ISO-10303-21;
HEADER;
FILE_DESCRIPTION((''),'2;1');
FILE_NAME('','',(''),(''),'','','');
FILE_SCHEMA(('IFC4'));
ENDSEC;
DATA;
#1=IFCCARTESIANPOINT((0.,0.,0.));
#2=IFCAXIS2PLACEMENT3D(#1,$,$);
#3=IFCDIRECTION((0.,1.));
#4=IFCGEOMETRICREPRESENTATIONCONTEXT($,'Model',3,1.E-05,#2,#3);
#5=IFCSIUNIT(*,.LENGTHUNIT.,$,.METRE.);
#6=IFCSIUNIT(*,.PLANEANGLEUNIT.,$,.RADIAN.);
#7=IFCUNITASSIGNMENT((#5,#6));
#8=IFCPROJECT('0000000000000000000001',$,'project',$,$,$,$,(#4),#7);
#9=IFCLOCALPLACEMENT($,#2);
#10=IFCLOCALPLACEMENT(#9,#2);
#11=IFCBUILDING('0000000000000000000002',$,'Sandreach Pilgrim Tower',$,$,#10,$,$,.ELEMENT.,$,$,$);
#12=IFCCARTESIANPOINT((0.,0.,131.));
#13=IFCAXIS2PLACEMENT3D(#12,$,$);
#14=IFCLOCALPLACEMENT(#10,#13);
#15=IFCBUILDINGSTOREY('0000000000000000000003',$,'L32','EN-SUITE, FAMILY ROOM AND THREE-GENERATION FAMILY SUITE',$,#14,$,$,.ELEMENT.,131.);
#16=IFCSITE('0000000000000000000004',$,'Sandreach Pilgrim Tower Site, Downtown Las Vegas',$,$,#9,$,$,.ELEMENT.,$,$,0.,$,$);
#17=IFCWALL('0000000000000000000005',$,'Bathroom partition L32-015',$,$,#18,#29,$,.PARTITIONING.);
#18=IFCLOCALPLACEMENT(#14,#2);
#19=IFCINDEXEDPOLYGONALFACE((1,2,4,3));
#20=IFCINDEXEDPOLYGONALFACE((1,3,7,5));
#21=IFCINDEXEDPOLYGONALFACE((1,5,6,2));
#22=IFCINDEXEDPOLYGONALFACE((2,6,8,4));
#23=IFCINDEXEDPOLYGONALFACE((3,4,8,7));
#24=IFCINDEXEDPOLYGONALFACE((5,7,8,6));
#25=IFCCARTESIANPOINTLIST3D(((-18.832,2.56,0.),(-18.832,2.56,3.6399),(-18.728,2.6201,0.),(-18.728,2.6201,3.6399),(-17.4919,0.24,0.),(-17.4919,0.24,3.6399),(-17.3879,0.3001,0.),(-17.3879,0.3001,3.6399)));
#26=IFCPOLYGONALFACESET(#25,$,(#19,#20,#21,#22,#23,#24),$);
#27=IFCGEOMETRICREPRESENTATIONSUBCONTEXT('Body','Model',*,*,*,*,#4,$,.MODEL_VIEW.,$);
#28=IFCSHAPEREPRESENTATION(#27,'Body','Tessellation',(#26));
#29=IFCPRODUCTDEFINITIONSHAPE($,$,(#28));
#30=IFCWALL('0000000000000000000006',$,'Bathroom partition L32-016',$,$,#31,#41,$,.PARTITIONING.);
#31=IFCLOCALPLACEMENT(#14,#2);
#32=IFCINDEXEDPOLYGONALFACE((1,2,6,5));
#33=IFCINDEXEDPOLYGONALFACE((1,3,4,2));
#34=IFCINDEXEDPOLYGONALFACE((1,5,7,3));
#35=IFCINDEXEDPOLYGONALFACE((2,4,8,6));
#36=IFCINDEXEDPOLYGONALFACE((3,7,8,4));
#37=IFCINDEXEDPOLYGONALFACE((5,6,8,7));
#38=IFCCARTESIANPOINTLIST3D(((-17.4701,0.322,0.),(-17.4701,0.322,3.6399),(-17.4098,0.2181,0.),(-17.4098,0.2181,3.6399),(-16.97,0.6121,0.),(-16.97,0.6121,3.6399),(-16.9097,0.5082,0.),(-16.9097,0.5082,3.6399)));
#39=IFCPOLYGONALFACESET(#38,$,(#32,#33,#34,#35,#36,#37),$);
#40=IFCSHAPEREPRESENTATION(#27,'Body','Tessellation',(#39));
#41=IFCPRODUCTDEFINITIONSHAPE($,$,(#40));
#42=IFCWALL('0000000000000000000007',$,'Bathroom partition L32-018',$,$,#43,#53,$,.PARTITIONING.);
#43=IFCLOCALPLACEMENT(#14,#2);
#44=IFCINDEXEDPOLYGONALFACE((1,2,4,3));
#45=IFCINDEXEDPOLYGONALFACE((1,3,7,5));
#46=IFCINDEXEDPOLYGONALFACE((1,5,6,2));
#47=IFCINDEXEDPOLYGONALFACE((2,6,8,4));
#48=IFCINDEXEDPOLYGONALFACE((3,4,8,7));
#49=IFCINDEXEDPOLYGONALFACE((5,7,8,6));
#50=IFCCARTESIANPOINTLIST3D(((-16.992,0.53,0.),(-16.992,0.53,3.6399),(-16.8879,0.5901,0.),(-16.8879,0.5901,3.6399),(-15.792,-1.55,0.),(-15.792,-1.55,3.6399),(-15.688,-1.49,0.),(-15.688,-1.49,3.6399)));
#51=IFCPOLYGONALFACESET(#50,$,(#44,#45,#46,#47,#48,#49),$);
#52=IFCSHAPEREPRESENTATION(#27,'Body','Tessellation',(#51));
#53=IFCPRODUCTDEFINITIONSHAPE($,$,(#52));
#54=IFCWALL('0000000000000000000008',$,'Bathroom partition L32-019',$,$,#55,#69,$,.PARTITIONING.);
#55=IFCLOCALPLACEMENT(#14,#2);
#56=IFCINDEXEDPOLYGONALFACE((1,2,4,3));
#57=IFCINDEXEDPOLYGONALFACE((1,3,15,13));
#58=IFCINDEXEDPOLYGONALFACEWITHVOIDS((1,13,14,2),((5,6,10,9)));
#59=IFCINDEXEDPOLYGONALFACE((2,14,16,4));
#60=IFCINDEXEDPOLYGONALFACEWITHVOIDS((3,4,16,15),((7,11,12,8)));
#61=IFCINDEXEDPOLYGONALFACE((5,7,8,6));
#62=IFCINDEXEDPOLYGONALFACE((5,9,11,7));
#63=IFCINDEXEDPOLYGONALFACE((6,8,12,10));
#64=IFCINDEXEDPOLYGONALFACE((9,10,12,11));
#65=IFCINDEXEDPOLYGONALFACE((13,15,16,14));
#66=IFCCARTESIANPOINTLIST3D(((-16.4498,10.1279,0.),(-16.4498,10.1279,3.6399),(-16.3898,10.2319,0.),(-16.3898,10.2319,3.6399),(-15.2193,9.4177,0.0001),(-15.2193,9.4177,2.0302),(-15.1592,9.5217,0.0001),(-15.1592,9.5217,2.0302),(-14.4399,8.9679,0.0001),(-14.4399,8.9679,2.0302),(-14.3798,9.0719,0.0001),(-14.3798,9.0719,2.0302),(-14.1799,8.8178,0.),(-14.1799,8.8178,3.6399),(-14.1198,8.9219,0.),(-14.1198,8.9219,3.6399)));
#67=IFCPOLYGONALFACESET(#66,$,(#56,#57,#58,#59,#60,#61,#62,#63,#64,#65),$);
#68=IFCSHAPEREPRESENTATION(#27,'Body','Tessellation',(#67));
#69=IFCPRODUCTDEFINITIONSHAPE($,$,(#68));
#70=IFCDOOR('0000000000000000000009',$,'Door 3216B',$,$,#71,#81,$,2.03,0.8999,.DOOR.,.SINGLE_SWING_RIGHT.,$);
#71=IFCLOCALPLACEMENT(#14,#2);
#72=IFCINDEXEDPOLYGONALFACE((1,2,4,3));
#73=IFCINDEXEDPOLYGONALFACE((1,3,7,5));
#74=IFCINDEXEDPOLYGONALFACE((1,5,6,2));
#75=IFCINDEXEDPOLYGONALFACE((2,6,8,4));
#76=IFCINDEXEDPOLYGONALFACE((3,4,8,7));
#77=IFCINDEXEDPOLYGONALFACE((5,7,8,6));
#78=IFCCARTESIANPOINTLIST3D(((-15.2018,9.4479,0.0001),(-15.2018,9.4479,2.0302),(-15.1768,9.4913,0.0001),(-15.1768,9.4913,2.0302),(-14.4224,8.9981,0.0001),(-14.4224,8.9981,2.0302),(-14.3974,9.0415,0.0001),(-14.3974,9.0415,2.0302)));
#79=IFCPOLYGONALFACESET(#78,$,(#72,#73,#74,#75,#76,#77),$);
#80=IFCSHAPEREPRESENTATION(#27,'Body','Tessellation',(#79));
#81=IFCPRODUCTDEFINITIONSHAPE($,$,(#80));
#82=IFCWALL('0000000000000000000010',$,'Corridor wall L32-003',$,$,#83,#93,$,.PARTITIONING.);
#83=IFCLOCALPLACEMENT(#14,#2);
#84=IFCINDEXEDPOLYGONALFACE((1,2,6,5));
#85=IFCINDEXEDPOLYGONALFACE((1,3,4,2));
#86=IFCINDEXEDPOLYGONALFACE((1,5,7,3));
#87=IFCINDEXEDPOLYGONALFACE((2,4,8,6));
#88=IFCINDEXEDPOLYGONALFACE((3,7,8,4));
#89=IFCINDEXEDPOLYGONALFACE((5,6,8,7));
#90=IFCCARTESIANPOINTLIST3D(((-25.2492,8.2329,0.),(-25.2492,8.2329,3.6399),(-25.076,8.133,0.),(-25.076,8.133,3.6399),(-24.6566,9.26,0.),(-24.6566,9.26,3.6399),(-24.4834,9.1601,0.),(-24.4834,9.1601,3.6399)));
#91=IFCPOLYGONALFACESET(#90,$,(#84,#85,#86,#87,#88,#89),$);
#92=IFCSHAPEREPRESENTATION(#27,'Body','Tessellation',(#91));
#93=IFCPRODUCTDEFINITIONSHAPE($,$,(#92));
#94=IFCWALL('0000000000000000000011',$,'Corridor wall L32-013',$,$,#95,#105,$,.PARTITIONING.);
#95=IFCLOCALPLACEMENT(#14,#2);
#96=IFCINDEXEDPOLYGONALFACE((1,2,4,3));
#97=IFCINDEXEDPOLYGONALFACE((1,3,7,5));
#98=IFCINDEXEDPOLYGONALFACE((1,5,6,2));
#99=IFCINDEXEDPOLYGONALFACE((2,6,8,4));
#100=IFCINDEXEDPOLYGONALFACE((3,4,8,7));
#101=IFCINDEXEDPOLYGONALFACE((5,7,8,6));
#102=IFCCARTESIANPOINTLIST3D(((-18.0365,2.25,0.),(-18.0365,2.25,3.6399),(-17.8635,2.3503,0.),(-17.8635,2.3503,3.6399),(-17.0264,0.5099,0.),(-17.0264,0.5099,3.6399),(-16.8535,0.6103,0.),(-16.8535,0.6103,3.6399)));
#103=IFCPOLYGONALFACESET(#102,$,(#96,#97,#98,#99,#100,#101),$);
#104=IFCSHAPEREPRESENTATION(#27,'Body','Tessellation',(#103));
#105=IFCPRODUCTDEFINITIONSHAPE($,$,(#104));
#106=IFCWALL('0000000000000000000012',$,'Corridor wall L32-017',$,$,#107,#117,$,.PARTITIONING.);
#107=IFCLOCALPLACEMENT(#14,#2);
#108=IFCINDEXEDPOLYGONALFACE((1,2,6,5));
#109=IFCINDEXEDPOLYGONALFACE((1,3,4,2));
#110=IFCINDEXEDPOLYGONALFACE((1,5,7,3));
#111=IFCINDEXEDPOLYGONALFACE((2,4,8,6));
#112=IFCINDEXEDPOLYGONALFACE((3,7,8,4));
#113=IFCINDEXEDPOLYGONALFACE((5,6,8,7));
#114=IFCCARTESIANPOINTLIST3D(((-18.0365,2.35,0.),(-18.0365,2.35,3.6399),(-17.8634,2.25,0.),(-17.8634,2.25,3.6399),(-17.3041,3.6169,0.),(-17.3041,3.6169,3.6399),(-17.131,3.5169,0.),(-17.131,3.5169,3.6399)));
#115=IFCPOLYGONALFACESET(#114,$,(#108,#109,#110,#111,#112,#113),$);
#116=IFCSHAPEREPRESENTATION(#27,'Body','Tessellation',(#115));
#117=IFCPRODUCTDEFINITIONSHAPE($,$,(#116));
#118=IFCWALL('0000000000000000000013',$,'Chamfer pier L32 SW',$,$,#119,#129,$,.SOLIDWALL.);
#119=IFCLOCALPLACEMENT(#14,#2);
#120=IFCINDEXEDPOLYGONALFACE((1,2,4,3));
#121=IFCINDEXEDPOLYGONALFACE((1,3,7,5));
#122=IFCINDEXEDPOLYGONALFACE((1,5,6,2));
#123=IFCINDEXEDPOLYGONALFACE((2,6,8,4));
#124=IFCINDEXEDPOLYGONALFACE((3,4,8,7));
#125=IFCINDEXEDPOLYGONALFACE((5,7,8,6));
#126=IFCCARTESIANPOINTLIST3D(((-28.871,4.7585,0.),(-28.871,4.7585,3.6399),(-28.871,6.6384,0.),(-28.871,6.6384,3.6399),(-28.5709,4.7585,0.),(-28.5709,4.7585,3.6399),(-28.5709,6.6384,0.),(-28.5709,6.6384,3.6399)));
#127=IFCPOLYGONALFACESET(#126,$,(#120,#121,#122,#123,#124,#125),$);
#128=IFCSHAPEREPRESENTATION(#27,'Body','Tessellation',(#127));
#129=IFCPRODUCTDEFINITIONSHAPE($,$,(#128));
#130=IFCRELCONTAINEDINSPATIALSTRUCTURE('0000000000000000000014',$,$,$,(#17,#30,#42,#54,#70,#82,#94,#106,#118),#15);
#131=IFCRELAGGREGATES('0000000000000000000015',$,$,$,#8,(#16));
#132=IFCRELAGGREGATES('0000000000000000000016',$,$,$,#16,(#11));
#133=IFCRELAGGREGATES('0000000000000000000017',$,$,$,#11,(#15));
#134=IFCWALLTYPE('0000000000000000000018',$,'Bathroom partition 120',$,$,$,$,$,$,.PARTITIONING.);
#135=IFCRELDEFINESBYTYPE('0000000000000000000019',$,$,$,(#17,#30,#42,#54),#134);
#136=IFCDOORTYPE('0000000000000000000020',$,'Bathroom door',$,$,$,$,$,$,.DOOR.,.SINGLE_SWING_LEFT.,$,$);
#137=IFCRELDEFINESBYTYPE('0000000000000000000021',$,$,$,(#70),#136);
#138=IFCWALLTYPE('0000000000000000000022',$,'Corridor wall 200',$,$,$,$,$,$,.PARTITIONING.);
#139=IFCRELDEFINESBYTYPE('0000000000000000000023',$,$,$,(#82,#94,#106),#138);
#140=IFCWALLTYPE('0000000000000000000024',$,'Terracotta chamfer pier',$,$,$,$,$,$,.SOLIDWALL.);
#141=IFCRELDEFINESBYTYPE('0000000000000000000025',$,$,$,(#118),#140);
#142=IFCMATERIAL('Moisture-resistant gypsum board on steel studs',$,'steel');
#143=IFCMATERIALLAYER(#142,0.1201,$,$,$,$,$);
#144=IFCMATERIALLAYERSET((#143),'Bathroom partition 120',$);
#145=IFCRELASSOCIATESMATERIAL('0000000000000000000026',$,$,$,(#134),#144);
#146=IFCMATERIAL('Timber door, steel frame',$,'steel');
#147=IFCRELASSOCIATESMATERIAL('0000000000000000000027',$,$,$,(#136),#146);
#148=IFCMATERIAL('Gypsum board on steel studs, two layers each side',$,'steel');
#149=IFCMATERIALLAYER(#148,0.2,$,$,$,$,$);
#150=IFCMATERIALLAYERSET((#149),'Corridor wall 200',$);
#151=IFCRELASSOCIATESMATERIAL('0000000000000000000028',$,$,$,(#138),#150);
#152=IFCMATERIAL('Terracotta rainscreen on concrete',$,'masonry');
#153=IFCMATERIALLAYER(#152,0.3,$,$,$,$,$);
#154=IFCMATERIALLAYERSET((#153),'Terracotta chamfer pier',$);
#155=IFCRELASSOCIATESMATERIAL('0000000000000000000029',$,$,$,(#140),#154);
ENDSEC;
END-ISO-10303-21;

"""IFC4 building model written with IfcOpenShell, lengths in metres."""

from ifc_helpers import new_model, si_unit, direction, frame, frame_2d, origin, place, context, subcontext, project, spatial, rectangle, extrude, material, layer, layer_set, type_object, element, fill, save


model = new_model("IFC4")

# Units and contexts
model_context = context("Model", 3, precision=1e-05, world=origin(), true_north=direction((0.0, 1.0)))
body_context = subcontext(model_context, "Body", "Model", "MODEL_VIEW")
ifc_project = project(units=[si_unit("LENGTHUNIT", "METRE"), si_unit("PLANEANGLEUNIT", "RADIAN")], contexts=[model_context])

# Site, building, storey
site_placement = place(None, origin())
site = spatial("IfcSite", under=ifc_project, at=site_placement, Name="Sandreach Pilgrim Tower Site, Downtown Las Vegas", CompositionType="ELEMENT", RefElevation=0.0)
building_placement = place(site_placement, origin())
building = spatial("IfcBuilding", under=site, at=building_placement, Name="Sandreach Pilgrim Tower", CompositionType="ELEMENT")
storey_placement = place(building_placement, frame((0.0, 0.0, 131.0)))
storey = spatial("IfcBuildingStorey", under=building, at=storey_placement, Name="L32", Description="EN-SUITE, FAMILY ROOM AND THREE-GENERATION FAMILY SUITE", CompositionType="ELEMENT", Elevation=131.0)

# Shared definitions
ifc_material_1 = material(Name="Moisture-resistant gypsum board on steel studs", Category="steel")
ifc_layer_1 = layer(ifc_material_1, 0.1201)
ifc_layer_set_1 = layer_set([ifc_layer_1], Name="Bathroom partition 120")
wall_type_1 = type_object("IfcWallType", Name="Bathroom partition 120", PredefinedType="PARTITIONING", material=ifc_layer_set_1)
ifc_material_2 = material(Name="Timber door, steel frame", Category="steel")
door_type_1 = type_object("IfcDoorType", Name="Bathroom door", OperationType="SINGLE_SWING_LEFT", PredefinedType="DOOR", material=ifc_material_2)

# Walls
wall_1_placement = place(storey_placement, frame((-17.4399, 0.27, 0.0), z_axis=(0.0, 0.0, 1.0), x_axis=(-0.500167, 0.865929, 0.0)))
element("IfcWall", 1, at=wall_1_placement, inside=storey, type_object=wall_type_1, Name="Bathroom partition L32-015", PredefinedType="PARTITIONING", context=body_context, shape_type="SweptSolid", body=[
    extrude(rectangle(XDim=2.6792, YDim=0.1201, at=frame_2d((1.3396, 0.0))), origin(), (0.0, 0.0, 1.0), 3.6399),
])
wall_2_placement = place(storey_placement, frame((-17.4399, 0.27, 0.0), z_axis=(0.0, 0.0, 1.0), x_axis=(0.865002, 0.501769, 0.0)))
element("IfcWall", 2, at=wall_2_placement, inside=storey, type_object=wall_type_1, Name="Bathroom partition L32-016", PredefinedType="PARTITIONING", context=body_context, shape_type="SweptSolid", body=[
    extrude(rectangle(XDim=0.5781, YDim=0.1201, at=frame_2d((0.2891, 0.0))), origin(), (0.0, 0.0, 1.0), 3.6399),
])
wall_3_placement = place(storey_placement, frame((-16.9399, 0.5601, 0.0), z_axis=(0.0, 0.0, 1.0), x_axis=(0.499693, -0.866203, 0.0)))
element("IfcWall", 3, at=wall_3_placement, inside=storey, type_object=wall_type_1, Name="Bathroom partition L32-018", PredefinedType="PARTITIONING", context=body_context, shape_type="SweptSolid", body=[
    extrude(rectangle(XDim=2.4014, YDim=0.1201, at=frame_2d((1.2007, 0.0))), origin(), (0.0, 0.0, 1.0), 3.6399),
])

# Wall, opening, door
wall_4_placement = place(storey_placement, frame((-16.4199, 10.1799, 0.0), z_axis=(0.0, 0.0, 1.0), x_axis=(0.866114, -0.499846, 0.0)))
wall_4 = element("IfcWall", 4, at=wall_4_placement, inside=storey, type_object=wall_type_1, Name="Bathroom partition L32-019", PredefinedType="PARTITIONING", context=body_context, shape_type="SweptSolid", body=[
    extrude(rectangle(XDim=2.6208, YDim=0.1201, at=frame_2d((1.3105, 0.0))), origin(), (0.0, 0.0, 1.0), 3.6399),
])
opening_1_placement = place(wall_4_placement, frame((1.4209, 0.0, 0.0)))
opening_1 = element("IfcOpeningElement", 5, at=opening_1_placement, cuts=wall_4, PredefinedType="OPENING", context=body_context, shape_type="SweptSolid", body=[
    extrude(rectangle(XDim=0.8999, YDim=2.03, at=frame_2d((0.45, 1.0151))), frame((0.0, 0.0601, 0.0), z_axis=(0.0, -1.0, 0.0), x_axis=(1.0, 0.0, 0.0)), (0.0, 0.0, 1.0), 0.1201),
])
door_1_placement = place(opening_1_placement, origin())
door_1 = element("IfcDoor", 6, at=door_1_placement, inside=storey, type_object=door_type_1, Name="Door 3216B", OperationType="SINGLE_SWING_RIGHT", OverallHeight=2.03, OverallWidth=0.8999, PredefinedType="DOOR", context=body_context, shape_type="SweptSolid", body=[
    extrude(rectangle(XDim=0.8999, YDim=2.03, at=frame_2d((0.45, 1.0151))), frame((0.0, 0.0249, 0.0), z_axis=(0.0, -1.0, 0.0), x_axis=(1.0, 0.0, 0.0)), (0.0, 0.0, 1.0), 0.05),
])
fill(opening_1, door_1)
ifc_material_3 = material(Name="Gypsum board on steel studs, two layers each side", Category="steel")
ifc_layer_2 = layer(ifc_material_3, 0.2)
ifc_layer_set_2 = layer_set([ifc_layer_2], Name="Corridor wall 200")
wall_type_2 = type_object("IfcWallType", Name="Corridor wall 200", PredefinedType="PARTITIONING", material=ifc_layer_set_2)

# Walls
wall_5_placement = place(storey_placement, frame((-24.5701, 9.21, 0.0), z_axis=(0.0, 0.0, 1.0), x_axis=(-0.499705, -0.866196, 0.0)))
element("IfcWall", 7, at=wall_5_placement, inside=storey, type_object=wall_type_2, Name="Corridor wall L32-003", PredefinedType="PARTITIONING", context=body_context, shape_type="SweptSolid", body=[
    extrude(rectangle(XDim=1.1858, YDim=0.2, at=frame_2d((0.5928, 0.0))), origin(), (0.0, 0.0, 1.0), 3.6399),
])
wall_6_placement = place(storey_placement, frame((-17.95, 2.3, 0.0), z_axis=(0.0, 0.0, 1.0), x_axis=(0.502021, -0.864855, 0.0)))
element("IfcWall", 8, at=wall_6_placement, inside=storey, type_object=wall_type_2, Name="Corridor wall L32-013", PredefinedType="PARTITIONING", context=body_context, shape_type="SweptSolid", body=[
    extrude(rectangle(XDim=2.012, YDim=0.2, at=frame_2d((1.0059, 0.0))), origin(), (0.0, 0.0, 1.0), 3.6399),
])
wall_7_placement = place(storey_placement, frame((-17.2175, 3.5669, 0.0), z_axis=(0.0, 0.0, 1.0), x_axis=(-0.500517, -0.865727, 0.0)))
element("IfcWall", 9, at=wall_7_placement, inside=storey, type_object=wall_type_2, Name="Corridor wall L32-017", PredefinedType="PARTITIONING", context=body_context, shape_type="SweptSolid", body=[
    extrude(rectangle(XDim=1.4634, YDim=0.2, at=frame_2d((0.7317, 0.0))), origin(), (0.0, 0.0, 1.0), 3.6399),
])
ifc_material_4 = material(Name="Terracotta rainscreen on concrete", Category="masonry")
ifc_layer_3 = layer(ifc_material_4, 0.3)
ifc_layer_set_3 = layer_set([ifc_layer_3], Name="Terracotta chamfer pier")
wall_type_3 = type_object("IfcWallType", Name="Terracotta chamfer pier", PredefinedType="SOLIDWALL", material=ifc_layer_set_3)
wall_8_placement = place(storey_placement, frame((-28.7209, 4.7585, 0.0), z_axis=(0.0, 0.0, 1.0), x_axis=(0.0, 1.0, 0.0)))
element("IfcWall", 10, at=wall_8_placement, inside=storey, type_object=wall_type_3, Name="Chamfer pier L32 SW", PredefinedType="SOLIDWALL", context=body_context, shape_type="SweptSolid", body=[
    extrude(rectangle(XDim=1.8799, YDim=0.3, at=frame_2d((0.9399, 0.0))), origin(), (0.0, 0.0, 1.0), 3.6399),
])

save(model, "model.ifc")
